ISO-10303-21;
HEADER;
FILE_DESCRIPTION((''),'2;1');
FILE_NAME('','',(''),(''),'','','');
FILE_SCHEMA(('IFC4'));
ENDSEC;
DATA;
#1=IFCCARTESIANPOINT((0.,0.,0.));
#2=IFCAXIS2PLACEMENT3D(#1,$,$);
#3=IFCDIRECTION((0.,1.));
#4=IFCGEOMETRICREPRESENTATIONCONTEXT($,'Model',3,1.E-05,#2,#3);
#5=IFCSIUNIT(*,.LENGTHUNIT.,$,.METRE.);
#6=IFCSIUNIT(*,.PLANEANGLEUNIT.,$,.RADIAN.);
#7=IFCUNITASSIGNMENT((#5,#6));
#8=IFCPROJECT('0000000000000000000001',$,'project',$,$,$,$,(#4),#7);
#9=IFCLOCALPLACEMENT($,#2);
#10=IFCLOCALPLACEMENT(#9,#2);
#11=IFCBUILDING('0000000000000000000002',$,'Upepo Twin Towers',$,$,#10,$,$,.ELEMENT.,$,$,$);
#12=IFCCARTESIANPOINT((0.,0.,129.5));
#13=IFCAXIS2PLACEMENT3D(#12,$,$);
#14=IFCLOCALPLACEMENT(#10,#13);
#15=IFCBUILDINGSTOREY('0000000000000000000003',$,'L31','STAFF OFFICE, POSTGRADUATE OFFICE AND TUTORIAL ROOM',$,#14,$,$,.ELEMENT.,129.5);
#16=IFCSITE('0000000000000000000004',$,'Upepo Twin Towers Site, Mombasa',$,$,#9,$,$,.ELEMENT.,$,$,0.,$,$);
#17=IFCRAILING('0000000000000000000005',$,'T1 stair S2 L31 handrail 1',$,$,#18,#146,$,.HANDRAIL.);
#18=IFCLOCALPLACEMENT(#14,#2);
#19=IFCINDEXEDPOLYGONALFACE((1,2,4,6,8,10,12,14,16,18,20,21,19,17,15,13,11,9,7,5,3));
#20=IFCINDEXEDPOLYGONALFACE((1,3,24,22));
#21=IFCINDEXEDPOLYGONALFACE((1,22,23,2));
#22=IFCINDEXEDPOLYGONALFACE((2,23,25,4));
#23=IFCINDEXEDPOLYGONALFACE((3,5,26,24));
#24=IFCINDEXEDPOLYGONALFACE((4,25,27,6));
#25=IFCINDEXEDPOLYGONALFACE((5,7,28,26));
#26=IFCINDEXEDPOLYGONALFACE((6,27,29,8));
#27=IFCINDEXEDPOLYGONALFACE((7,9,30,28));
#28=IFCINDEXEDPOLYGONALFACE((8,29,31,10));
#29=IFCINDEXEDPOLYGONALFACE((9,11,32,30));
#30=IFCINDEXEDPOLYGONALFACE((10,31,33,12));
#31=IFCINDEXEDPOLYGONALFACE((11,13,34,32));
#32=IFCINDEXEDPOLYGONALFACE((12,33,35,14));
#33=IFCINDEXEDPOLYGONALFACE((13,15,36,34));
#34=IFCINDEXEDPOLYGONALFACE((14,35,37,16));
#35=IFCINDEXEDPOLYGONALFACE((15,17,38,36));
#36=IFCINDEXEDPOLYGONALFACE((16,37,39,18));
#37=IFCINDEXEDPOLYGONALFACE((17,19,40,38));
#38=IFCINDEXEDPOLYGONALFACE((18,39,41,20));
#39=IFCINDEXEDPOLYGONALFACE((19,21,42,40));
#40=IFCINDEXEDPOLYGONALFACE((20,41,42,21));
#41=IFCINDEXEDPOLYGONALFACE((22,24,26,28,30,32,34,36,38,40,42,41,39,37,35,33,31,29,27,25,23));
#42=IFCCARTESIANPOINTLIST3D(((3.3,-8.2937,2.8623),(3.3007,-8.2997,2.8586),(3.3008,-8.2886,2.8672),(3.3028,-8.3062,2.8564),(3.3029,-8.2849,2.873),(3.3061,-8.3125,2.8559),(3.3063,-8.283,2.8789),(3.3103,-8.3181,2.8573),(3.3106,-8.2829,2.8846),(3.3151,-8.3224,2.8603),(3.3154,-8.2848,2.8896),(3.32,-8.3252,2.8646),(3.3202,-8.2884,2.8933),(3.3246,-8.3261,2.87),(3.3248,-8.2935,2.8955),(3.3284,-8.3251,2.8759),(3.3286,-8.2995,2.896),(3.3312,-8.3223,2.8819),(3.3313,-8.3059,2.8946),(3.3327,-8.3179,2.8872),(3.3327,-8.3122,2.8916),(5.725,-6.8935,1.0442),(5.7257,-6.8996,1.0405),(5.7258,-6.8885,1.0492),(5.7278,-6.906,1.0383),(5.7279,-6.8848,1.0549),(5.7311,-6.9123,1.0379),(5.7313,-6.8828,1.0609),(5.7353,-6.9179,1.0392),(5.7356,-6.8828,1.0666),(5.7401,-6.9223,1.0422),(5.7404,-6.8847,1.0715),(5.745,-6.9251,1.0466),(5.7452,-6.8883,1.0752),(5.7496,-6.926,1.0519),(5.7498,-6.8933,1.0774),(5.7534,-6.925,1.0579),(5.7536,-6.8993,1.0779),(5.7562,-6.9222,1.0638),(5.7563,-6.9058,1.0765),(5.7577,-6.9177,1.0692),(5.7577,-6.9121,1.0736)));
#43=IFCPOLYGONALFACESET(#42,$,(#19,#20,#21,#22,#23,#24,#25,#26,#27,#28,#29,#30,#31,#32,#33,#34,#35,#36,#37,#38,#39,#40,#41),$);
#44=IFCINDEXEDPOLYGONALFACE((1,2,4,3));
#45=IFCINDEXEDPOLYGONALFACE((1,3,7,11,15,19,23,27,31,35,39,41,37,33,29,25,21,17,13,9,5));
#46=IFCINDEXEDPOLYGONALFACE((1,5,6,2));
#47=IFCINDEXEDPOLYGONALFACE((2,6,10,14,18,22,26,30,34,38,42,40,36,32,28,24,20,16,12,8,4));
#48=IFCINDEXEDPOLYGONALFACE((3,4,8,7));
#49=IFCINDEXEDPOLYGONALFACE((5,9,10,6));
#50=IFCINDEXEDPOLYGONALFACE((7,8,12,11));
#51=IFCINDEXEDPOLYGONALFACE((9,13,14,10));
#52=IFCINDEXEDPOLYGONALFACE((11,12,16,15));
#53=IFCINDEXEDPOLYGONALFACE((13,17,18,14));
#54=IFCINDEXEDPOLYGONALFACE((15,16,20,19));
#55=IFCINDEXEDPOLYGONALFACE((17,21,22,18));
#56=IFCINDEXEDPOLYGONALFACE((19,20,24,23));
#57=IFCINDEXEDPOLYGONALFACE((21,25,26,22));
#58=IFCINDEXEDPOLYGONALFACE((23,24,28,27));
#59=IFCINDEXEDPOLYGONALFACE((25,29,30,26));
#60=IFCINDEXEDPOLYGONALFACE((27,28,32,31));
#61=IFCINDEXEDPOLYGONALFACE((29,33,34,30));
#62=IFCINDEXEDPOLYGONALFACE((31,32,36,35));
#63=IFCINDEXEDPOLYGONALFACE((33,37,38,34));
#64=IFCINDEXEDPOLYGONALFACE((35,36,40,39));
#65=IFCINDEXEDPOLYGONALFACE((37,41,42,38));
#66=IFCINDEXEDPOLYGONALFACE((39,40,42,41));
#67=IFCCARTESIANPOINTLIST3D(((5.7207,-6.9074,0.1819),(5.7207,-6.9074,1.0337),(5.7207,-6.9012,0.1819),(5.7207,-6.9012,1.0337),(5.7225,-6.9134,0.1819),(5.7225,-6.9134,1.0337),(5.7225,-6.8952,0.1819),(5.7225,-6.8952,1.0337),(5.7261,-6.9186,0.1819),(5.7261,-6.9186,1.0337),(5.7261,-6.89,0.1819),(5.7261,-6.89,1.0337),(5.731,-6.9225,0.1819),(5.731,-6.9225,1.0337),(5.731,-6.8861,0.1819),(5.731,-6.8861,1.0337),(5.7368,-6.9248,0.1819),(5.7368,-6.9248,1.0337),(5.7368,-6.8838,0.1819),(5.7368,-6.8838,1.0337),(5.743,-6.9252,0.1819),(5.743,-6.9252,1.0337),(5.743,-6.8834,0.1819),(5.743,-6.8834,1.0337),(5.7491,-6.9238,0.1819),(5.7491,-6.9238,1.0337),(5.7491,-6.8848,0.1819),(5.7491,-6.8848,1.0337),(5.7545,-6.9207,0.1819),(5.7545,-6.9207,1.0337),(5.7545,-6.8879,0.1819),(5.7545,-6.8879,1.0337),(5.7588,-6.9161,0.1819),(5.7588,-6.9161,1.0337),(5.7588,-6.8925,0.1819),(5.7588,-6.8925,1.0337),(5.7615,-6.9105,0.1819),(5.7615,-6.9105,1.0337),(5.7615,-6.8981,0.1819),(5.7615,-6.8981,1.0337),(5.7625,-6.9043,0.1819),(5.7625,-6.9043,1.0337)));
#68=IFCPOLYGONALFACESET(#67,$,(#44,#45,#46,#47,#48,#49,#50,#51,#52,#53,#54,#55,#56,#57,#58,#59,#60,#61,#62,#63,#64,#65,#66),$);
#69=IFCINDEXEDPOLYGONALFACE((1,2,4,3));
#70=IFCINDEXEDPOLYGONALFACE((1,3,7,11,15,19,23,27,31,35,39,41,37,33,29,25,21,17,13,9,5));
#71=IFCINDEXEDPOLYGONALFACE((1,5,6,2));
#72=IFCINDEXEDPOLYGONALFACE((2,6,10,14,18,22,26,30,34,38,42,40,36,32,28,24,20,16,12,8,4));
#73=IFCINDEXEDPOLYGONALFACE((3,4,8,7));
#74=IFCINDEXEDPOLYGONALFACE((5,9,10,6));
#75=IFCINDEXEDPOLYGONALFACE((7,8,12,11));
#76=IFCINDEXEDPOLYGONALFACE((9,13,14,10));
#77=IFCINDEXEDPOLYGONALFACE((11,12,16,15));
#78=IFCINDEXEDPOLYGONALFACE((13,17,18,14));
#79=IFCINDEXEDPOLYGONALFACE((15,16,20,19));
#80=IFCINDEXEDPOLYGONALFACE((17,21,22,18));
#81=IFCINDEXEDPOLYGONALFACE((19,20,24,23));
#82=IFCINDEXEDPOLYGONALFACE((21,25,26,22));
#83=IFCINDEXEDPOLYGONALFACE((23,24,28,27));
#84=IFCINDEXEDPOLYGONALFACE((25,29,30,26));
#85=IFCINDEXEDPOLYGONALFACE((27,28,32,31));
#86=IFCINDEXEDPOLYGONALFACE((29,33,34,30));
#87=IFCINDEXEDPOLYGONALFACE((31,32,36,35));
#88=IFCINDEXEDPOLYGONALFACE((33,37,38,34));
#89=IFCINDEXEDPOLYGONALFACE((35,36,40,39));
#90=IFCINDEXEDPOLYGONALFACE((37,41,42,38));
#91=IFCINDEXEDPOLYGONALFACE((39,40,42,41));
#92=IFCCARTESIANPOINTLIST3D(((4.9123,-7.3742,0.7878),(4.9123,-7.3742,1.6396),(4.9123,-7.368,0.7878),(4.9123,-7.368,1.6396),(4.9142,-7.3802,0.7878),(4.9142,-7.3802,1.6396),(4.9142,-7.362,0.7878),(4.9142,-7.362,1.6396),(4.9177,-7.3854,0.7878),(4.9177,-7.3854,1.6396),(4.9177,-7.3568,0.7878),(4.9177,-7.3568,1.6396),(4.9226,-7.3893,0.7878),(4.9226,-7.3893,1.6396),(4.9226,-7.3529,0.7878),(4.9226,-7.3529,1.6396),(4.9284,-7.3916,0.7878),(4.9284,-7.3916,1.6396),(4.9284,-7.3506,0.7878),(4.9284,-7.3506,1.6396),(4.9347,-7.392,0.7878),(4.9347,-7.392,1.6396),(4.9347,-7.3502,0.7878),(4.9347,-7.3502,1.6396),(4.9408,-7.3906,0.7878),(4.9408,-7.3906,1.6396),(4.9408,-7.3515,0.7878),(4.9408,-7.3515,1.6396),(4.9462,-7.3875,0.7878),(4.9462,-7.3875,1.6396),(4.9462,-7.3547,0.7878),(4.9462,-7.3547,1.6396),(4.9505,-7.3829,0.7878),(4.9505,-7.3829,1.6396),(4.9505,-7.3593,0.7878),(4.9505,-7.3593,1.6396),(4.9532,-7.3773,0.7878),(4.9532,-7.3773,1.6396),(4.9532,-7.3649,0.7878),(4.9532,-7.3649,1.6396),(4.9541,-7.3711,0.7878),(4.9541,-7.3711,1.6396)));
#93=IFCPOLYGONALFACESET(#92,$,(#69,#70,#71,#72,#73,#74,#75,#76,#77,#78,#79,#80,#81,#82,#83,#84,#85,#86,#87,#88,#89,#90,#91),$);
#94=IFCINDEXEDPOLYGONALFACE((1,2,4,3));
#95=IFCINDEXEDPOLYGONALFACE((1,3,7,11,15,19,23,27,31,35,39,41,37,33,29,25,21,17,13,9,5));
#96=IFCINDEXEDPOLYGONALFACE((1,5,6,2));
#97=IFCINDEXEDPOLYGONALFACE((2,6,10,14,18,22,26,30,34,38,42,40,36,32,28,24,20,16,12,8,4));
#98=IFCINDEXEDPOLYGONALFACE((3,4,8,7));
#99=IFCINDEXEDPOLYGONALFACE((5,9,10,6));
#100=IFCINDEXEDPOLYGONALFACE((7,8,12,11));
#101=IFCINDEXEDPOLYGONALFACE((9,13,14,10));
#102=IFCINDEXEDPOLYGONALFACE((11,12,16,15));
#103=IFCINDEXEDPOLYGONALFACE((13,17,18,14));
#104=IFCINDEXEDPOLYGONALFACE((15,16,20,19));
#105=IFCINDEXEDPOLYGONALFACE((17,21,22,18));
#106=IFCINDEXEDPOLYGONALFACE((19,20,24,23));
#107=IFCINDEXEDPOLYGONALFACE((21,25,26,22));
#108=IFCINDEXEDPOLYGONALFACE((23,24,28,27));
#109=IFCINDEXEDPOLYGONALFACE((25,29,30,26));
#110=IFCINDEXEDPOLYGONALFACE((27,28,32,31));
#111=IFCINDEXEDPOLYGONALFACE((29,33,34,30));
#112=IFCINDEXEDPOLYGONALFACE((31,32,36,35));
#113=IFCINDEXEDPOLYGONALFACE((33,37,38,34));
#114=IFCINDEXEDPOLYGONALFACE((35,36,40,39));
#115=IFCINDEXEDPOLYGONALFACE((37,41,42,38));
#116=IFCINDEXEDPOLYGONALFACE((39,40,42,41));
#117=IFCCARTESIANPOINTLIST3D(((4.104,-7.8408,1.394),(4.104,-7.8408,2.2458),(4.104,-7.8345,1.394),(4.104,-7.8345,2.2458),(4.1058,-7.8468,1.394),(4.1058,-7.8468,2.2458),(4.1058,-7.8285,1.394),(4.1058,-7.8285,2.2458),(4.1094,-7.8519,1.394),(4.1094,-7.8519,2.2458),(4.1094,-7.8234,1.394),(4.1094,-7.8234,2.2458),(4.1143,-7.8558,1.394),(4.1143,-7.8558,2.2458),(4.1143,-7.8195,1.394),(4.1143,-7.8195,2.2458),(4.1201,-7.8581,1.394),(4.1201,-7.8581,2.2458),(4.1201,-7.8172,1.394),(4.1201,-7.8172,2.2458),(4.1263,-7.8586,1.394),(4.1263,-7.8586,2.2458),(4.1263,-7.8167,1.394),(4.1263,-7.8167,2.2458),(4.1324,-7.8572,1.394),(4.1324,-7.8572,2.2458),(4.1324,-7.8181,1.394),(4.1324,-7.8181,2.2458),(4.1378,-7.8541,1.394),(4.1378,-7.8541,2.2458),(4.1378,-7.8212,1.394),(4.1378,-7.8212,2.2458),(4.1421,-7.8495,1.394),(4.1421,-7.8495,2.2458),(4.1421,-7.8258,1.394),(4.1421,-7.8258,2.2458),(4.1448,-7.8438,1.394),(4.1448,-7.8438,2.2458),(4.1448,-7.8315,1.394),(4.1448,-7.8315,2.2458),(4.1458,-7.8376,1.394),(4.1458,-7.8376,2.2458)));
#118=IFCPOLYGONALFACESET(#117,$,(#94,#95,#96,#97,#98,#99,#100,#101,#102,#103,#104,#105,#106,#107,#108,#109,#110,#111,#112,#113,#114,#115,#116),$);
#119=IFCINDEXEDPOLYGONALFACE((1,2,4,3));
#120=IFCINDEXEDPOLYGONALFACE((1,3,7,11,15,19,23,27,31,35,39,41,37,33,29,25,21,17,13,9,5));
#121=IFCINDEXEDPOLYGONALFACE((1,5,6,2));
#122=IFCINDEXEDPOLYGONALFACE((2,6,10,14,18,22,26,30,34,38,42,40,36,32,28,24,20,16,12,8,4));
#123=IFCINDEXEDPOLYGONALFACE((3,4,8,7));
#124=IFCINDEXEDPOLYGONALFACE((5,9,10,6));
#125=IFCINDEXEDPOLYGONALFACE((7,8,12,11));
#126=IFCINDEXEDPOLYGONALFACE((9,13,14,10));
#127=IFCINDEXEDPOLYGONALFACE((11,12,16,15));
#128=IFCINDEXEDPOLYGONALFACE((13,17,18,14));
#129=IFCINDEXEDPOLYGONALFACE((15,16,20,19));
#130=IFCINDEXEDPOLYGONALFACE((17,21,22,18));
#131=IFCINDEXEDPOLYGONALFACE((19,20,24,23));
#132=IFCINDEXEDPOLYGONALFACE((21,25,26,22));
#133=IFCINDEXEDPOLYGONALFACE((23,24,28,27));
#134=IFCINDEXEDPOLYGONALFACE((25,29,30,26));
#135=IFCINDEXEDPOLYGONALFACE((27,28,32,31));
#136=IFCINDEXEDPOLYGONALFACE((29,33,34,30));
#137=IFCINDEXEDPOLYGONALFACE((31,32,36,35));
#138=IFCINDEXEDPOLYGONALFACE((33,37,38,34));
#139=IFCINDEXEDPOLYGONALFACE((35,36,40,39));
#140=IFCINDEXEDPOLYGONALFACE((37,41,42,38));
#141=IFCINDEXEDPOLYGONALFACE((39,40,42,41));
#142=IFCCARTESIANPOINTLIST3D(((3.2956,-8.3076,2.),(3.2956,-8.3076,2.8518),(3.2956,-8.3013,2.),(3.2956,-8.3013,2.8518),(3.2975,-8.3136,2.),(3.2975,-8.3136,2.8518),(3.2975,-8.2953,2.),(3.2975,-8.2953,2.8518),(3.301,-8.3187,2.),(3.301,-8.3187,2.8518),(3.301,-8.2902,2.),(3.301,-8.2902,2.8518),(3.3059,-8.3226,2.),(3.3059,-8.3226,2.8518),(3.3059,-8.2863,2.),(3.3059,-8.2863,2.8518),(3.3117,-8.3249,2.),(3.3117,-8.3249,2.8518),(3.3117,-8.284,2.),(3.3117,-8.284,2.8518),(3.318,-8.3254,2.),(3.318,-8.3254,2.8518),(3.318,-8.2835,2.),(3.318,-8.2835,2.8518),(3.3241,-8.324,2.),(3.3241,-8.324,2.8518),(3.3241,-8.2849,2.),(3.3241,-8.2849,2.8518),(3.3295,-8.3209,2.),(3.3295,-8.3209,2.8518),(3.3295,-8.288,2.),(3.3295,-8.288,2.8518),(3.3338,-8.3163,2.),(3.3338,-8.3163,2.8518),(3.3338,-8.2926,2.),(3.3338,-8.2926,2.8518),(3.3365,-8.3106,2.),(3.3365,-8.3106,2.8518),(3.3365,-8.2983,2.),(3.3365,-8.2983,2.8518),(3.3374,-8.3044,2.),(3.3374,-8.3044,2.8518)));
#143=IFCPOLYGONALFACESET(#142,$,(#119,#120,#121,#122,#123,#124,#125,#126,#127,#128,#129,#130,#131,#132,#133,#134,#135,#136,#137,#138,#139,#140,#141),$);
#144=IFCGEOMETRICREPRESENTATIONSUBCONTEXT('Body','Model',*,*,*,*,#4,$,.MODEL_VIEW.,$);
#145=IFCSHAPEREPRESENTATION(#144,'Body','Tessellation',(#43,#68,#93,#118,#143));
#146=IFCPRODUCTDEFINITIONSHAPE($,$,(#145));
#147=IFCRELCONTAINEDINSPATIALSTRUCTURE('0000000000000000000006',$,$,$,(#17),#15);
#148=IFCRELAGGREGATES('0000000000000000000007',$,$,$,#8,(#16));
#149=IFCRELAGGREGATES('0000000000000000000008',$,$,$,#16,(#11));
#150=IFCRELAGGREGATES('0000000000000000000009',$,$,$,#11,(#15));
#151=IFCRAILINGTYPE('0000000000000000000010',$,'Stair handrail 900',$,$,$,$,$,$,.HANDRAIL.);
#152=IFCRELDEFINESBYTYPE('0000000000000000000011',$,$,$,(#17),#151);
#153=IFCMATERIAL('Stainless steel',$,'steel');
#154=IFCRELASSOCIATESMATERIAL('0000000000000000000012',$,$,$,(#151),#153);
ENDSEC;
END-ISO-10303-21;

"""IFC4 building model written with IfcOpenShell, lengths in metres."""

from ifc_helpers import new_model, si_unit, direction, frame, origin, origin_2d, place, context, subcontext, project, spatial, circle, extrude, material, type_object, element, save


model = new_model("IFC4")

# Units and contexts
model_context = context("Model", 3, precision=1e-05, world=origin(), true_north=direction((0.0, 1.0)))
body_context = subcontext(model_context, "Body", "Model", "MODEL_VIEW")
ifc_project = project(units=[si_unit("LENGTHUNIT", "METRE"), si_unit("PLANEANGLEUNIT", "RADIAN")], contexts=[model_context])

# Site, building, storey
site_placement = place(None, origin())
site = spatial("IfcSite", under=ifc_project, at=site_placement, Name="Upepo Twin Towers Site, Mombasa", CompositionType="ELEMENT", RefElevation=0.0)
building_placement = place(site_placement, origin())
building = spatial("IfcBuilding", under=site, at=building_placement, Name="Upepo Twin Towers", CompositionType="ELEMENT")
storey_placement = place(building_placement, frame((0.0, 0.0, 129.5)))
storey = spatial("IfcBuildingStorey", under=building, at=storey_placement, Name="L31", Description="STAFF OFFICE, POSTGRADUATE OFFICE AND TUTORIAL ROOM", CompositionType="ELEMENT", Elevation=129.5)

# Railing
ifc_material_1 = material(Name="Stainless steel", Category="steel")
railing_type = type_object("IfcRailingType", Name="Stair handrail 900", PredefinedType="HANDRAIL", material=ifc_material_1)
railing_1_placement = place(storey_placement, frame((5.7415, -6.9043, 0.1819)))
element("IfcRailing", 1, at=railing_1_placement, inside=storey, type_object=railing_type, Name="T1 stair S2 L31 handrail 1", PredefinedType="HANDRAIL", context=body_context, shape_type="SweptSolid", body=[
    extrude(circle(Radius=0.0239, at=origin_2d()), frame((0.0, 0.0, 0.876), z_axis=(-0.726349, -0.419371, 0.54456), x_axis=(0.500012, -0.866019, 0.0)), (0.0, 0.0, 1.0), 3.3386),
    extrude(circle(Radius=0.021, at=origin_2d()), origin(), (0.0, 0.0, 1.0), 0.8518),
    extrude(circle(Radius=0.021, at=origin_2d()), frame((-0.8083, -0.4668, 0.606)), (0.0, 0.0, 1.0), 0.8518),
    extrude(circle(Radius=0.021, at=origin_2d()), frame((-1.6167, -0.9333, 1.2122)), (0.0, 0.0, 1.0), 0.8518),
    extrude(circle(Radius=0.021, at=origin_2d()), frame((-2.425, -1.4001, 1.8181)), (0.0, 0.0, 1.0), 0.8518),
])

save(model, "model.ifc")
